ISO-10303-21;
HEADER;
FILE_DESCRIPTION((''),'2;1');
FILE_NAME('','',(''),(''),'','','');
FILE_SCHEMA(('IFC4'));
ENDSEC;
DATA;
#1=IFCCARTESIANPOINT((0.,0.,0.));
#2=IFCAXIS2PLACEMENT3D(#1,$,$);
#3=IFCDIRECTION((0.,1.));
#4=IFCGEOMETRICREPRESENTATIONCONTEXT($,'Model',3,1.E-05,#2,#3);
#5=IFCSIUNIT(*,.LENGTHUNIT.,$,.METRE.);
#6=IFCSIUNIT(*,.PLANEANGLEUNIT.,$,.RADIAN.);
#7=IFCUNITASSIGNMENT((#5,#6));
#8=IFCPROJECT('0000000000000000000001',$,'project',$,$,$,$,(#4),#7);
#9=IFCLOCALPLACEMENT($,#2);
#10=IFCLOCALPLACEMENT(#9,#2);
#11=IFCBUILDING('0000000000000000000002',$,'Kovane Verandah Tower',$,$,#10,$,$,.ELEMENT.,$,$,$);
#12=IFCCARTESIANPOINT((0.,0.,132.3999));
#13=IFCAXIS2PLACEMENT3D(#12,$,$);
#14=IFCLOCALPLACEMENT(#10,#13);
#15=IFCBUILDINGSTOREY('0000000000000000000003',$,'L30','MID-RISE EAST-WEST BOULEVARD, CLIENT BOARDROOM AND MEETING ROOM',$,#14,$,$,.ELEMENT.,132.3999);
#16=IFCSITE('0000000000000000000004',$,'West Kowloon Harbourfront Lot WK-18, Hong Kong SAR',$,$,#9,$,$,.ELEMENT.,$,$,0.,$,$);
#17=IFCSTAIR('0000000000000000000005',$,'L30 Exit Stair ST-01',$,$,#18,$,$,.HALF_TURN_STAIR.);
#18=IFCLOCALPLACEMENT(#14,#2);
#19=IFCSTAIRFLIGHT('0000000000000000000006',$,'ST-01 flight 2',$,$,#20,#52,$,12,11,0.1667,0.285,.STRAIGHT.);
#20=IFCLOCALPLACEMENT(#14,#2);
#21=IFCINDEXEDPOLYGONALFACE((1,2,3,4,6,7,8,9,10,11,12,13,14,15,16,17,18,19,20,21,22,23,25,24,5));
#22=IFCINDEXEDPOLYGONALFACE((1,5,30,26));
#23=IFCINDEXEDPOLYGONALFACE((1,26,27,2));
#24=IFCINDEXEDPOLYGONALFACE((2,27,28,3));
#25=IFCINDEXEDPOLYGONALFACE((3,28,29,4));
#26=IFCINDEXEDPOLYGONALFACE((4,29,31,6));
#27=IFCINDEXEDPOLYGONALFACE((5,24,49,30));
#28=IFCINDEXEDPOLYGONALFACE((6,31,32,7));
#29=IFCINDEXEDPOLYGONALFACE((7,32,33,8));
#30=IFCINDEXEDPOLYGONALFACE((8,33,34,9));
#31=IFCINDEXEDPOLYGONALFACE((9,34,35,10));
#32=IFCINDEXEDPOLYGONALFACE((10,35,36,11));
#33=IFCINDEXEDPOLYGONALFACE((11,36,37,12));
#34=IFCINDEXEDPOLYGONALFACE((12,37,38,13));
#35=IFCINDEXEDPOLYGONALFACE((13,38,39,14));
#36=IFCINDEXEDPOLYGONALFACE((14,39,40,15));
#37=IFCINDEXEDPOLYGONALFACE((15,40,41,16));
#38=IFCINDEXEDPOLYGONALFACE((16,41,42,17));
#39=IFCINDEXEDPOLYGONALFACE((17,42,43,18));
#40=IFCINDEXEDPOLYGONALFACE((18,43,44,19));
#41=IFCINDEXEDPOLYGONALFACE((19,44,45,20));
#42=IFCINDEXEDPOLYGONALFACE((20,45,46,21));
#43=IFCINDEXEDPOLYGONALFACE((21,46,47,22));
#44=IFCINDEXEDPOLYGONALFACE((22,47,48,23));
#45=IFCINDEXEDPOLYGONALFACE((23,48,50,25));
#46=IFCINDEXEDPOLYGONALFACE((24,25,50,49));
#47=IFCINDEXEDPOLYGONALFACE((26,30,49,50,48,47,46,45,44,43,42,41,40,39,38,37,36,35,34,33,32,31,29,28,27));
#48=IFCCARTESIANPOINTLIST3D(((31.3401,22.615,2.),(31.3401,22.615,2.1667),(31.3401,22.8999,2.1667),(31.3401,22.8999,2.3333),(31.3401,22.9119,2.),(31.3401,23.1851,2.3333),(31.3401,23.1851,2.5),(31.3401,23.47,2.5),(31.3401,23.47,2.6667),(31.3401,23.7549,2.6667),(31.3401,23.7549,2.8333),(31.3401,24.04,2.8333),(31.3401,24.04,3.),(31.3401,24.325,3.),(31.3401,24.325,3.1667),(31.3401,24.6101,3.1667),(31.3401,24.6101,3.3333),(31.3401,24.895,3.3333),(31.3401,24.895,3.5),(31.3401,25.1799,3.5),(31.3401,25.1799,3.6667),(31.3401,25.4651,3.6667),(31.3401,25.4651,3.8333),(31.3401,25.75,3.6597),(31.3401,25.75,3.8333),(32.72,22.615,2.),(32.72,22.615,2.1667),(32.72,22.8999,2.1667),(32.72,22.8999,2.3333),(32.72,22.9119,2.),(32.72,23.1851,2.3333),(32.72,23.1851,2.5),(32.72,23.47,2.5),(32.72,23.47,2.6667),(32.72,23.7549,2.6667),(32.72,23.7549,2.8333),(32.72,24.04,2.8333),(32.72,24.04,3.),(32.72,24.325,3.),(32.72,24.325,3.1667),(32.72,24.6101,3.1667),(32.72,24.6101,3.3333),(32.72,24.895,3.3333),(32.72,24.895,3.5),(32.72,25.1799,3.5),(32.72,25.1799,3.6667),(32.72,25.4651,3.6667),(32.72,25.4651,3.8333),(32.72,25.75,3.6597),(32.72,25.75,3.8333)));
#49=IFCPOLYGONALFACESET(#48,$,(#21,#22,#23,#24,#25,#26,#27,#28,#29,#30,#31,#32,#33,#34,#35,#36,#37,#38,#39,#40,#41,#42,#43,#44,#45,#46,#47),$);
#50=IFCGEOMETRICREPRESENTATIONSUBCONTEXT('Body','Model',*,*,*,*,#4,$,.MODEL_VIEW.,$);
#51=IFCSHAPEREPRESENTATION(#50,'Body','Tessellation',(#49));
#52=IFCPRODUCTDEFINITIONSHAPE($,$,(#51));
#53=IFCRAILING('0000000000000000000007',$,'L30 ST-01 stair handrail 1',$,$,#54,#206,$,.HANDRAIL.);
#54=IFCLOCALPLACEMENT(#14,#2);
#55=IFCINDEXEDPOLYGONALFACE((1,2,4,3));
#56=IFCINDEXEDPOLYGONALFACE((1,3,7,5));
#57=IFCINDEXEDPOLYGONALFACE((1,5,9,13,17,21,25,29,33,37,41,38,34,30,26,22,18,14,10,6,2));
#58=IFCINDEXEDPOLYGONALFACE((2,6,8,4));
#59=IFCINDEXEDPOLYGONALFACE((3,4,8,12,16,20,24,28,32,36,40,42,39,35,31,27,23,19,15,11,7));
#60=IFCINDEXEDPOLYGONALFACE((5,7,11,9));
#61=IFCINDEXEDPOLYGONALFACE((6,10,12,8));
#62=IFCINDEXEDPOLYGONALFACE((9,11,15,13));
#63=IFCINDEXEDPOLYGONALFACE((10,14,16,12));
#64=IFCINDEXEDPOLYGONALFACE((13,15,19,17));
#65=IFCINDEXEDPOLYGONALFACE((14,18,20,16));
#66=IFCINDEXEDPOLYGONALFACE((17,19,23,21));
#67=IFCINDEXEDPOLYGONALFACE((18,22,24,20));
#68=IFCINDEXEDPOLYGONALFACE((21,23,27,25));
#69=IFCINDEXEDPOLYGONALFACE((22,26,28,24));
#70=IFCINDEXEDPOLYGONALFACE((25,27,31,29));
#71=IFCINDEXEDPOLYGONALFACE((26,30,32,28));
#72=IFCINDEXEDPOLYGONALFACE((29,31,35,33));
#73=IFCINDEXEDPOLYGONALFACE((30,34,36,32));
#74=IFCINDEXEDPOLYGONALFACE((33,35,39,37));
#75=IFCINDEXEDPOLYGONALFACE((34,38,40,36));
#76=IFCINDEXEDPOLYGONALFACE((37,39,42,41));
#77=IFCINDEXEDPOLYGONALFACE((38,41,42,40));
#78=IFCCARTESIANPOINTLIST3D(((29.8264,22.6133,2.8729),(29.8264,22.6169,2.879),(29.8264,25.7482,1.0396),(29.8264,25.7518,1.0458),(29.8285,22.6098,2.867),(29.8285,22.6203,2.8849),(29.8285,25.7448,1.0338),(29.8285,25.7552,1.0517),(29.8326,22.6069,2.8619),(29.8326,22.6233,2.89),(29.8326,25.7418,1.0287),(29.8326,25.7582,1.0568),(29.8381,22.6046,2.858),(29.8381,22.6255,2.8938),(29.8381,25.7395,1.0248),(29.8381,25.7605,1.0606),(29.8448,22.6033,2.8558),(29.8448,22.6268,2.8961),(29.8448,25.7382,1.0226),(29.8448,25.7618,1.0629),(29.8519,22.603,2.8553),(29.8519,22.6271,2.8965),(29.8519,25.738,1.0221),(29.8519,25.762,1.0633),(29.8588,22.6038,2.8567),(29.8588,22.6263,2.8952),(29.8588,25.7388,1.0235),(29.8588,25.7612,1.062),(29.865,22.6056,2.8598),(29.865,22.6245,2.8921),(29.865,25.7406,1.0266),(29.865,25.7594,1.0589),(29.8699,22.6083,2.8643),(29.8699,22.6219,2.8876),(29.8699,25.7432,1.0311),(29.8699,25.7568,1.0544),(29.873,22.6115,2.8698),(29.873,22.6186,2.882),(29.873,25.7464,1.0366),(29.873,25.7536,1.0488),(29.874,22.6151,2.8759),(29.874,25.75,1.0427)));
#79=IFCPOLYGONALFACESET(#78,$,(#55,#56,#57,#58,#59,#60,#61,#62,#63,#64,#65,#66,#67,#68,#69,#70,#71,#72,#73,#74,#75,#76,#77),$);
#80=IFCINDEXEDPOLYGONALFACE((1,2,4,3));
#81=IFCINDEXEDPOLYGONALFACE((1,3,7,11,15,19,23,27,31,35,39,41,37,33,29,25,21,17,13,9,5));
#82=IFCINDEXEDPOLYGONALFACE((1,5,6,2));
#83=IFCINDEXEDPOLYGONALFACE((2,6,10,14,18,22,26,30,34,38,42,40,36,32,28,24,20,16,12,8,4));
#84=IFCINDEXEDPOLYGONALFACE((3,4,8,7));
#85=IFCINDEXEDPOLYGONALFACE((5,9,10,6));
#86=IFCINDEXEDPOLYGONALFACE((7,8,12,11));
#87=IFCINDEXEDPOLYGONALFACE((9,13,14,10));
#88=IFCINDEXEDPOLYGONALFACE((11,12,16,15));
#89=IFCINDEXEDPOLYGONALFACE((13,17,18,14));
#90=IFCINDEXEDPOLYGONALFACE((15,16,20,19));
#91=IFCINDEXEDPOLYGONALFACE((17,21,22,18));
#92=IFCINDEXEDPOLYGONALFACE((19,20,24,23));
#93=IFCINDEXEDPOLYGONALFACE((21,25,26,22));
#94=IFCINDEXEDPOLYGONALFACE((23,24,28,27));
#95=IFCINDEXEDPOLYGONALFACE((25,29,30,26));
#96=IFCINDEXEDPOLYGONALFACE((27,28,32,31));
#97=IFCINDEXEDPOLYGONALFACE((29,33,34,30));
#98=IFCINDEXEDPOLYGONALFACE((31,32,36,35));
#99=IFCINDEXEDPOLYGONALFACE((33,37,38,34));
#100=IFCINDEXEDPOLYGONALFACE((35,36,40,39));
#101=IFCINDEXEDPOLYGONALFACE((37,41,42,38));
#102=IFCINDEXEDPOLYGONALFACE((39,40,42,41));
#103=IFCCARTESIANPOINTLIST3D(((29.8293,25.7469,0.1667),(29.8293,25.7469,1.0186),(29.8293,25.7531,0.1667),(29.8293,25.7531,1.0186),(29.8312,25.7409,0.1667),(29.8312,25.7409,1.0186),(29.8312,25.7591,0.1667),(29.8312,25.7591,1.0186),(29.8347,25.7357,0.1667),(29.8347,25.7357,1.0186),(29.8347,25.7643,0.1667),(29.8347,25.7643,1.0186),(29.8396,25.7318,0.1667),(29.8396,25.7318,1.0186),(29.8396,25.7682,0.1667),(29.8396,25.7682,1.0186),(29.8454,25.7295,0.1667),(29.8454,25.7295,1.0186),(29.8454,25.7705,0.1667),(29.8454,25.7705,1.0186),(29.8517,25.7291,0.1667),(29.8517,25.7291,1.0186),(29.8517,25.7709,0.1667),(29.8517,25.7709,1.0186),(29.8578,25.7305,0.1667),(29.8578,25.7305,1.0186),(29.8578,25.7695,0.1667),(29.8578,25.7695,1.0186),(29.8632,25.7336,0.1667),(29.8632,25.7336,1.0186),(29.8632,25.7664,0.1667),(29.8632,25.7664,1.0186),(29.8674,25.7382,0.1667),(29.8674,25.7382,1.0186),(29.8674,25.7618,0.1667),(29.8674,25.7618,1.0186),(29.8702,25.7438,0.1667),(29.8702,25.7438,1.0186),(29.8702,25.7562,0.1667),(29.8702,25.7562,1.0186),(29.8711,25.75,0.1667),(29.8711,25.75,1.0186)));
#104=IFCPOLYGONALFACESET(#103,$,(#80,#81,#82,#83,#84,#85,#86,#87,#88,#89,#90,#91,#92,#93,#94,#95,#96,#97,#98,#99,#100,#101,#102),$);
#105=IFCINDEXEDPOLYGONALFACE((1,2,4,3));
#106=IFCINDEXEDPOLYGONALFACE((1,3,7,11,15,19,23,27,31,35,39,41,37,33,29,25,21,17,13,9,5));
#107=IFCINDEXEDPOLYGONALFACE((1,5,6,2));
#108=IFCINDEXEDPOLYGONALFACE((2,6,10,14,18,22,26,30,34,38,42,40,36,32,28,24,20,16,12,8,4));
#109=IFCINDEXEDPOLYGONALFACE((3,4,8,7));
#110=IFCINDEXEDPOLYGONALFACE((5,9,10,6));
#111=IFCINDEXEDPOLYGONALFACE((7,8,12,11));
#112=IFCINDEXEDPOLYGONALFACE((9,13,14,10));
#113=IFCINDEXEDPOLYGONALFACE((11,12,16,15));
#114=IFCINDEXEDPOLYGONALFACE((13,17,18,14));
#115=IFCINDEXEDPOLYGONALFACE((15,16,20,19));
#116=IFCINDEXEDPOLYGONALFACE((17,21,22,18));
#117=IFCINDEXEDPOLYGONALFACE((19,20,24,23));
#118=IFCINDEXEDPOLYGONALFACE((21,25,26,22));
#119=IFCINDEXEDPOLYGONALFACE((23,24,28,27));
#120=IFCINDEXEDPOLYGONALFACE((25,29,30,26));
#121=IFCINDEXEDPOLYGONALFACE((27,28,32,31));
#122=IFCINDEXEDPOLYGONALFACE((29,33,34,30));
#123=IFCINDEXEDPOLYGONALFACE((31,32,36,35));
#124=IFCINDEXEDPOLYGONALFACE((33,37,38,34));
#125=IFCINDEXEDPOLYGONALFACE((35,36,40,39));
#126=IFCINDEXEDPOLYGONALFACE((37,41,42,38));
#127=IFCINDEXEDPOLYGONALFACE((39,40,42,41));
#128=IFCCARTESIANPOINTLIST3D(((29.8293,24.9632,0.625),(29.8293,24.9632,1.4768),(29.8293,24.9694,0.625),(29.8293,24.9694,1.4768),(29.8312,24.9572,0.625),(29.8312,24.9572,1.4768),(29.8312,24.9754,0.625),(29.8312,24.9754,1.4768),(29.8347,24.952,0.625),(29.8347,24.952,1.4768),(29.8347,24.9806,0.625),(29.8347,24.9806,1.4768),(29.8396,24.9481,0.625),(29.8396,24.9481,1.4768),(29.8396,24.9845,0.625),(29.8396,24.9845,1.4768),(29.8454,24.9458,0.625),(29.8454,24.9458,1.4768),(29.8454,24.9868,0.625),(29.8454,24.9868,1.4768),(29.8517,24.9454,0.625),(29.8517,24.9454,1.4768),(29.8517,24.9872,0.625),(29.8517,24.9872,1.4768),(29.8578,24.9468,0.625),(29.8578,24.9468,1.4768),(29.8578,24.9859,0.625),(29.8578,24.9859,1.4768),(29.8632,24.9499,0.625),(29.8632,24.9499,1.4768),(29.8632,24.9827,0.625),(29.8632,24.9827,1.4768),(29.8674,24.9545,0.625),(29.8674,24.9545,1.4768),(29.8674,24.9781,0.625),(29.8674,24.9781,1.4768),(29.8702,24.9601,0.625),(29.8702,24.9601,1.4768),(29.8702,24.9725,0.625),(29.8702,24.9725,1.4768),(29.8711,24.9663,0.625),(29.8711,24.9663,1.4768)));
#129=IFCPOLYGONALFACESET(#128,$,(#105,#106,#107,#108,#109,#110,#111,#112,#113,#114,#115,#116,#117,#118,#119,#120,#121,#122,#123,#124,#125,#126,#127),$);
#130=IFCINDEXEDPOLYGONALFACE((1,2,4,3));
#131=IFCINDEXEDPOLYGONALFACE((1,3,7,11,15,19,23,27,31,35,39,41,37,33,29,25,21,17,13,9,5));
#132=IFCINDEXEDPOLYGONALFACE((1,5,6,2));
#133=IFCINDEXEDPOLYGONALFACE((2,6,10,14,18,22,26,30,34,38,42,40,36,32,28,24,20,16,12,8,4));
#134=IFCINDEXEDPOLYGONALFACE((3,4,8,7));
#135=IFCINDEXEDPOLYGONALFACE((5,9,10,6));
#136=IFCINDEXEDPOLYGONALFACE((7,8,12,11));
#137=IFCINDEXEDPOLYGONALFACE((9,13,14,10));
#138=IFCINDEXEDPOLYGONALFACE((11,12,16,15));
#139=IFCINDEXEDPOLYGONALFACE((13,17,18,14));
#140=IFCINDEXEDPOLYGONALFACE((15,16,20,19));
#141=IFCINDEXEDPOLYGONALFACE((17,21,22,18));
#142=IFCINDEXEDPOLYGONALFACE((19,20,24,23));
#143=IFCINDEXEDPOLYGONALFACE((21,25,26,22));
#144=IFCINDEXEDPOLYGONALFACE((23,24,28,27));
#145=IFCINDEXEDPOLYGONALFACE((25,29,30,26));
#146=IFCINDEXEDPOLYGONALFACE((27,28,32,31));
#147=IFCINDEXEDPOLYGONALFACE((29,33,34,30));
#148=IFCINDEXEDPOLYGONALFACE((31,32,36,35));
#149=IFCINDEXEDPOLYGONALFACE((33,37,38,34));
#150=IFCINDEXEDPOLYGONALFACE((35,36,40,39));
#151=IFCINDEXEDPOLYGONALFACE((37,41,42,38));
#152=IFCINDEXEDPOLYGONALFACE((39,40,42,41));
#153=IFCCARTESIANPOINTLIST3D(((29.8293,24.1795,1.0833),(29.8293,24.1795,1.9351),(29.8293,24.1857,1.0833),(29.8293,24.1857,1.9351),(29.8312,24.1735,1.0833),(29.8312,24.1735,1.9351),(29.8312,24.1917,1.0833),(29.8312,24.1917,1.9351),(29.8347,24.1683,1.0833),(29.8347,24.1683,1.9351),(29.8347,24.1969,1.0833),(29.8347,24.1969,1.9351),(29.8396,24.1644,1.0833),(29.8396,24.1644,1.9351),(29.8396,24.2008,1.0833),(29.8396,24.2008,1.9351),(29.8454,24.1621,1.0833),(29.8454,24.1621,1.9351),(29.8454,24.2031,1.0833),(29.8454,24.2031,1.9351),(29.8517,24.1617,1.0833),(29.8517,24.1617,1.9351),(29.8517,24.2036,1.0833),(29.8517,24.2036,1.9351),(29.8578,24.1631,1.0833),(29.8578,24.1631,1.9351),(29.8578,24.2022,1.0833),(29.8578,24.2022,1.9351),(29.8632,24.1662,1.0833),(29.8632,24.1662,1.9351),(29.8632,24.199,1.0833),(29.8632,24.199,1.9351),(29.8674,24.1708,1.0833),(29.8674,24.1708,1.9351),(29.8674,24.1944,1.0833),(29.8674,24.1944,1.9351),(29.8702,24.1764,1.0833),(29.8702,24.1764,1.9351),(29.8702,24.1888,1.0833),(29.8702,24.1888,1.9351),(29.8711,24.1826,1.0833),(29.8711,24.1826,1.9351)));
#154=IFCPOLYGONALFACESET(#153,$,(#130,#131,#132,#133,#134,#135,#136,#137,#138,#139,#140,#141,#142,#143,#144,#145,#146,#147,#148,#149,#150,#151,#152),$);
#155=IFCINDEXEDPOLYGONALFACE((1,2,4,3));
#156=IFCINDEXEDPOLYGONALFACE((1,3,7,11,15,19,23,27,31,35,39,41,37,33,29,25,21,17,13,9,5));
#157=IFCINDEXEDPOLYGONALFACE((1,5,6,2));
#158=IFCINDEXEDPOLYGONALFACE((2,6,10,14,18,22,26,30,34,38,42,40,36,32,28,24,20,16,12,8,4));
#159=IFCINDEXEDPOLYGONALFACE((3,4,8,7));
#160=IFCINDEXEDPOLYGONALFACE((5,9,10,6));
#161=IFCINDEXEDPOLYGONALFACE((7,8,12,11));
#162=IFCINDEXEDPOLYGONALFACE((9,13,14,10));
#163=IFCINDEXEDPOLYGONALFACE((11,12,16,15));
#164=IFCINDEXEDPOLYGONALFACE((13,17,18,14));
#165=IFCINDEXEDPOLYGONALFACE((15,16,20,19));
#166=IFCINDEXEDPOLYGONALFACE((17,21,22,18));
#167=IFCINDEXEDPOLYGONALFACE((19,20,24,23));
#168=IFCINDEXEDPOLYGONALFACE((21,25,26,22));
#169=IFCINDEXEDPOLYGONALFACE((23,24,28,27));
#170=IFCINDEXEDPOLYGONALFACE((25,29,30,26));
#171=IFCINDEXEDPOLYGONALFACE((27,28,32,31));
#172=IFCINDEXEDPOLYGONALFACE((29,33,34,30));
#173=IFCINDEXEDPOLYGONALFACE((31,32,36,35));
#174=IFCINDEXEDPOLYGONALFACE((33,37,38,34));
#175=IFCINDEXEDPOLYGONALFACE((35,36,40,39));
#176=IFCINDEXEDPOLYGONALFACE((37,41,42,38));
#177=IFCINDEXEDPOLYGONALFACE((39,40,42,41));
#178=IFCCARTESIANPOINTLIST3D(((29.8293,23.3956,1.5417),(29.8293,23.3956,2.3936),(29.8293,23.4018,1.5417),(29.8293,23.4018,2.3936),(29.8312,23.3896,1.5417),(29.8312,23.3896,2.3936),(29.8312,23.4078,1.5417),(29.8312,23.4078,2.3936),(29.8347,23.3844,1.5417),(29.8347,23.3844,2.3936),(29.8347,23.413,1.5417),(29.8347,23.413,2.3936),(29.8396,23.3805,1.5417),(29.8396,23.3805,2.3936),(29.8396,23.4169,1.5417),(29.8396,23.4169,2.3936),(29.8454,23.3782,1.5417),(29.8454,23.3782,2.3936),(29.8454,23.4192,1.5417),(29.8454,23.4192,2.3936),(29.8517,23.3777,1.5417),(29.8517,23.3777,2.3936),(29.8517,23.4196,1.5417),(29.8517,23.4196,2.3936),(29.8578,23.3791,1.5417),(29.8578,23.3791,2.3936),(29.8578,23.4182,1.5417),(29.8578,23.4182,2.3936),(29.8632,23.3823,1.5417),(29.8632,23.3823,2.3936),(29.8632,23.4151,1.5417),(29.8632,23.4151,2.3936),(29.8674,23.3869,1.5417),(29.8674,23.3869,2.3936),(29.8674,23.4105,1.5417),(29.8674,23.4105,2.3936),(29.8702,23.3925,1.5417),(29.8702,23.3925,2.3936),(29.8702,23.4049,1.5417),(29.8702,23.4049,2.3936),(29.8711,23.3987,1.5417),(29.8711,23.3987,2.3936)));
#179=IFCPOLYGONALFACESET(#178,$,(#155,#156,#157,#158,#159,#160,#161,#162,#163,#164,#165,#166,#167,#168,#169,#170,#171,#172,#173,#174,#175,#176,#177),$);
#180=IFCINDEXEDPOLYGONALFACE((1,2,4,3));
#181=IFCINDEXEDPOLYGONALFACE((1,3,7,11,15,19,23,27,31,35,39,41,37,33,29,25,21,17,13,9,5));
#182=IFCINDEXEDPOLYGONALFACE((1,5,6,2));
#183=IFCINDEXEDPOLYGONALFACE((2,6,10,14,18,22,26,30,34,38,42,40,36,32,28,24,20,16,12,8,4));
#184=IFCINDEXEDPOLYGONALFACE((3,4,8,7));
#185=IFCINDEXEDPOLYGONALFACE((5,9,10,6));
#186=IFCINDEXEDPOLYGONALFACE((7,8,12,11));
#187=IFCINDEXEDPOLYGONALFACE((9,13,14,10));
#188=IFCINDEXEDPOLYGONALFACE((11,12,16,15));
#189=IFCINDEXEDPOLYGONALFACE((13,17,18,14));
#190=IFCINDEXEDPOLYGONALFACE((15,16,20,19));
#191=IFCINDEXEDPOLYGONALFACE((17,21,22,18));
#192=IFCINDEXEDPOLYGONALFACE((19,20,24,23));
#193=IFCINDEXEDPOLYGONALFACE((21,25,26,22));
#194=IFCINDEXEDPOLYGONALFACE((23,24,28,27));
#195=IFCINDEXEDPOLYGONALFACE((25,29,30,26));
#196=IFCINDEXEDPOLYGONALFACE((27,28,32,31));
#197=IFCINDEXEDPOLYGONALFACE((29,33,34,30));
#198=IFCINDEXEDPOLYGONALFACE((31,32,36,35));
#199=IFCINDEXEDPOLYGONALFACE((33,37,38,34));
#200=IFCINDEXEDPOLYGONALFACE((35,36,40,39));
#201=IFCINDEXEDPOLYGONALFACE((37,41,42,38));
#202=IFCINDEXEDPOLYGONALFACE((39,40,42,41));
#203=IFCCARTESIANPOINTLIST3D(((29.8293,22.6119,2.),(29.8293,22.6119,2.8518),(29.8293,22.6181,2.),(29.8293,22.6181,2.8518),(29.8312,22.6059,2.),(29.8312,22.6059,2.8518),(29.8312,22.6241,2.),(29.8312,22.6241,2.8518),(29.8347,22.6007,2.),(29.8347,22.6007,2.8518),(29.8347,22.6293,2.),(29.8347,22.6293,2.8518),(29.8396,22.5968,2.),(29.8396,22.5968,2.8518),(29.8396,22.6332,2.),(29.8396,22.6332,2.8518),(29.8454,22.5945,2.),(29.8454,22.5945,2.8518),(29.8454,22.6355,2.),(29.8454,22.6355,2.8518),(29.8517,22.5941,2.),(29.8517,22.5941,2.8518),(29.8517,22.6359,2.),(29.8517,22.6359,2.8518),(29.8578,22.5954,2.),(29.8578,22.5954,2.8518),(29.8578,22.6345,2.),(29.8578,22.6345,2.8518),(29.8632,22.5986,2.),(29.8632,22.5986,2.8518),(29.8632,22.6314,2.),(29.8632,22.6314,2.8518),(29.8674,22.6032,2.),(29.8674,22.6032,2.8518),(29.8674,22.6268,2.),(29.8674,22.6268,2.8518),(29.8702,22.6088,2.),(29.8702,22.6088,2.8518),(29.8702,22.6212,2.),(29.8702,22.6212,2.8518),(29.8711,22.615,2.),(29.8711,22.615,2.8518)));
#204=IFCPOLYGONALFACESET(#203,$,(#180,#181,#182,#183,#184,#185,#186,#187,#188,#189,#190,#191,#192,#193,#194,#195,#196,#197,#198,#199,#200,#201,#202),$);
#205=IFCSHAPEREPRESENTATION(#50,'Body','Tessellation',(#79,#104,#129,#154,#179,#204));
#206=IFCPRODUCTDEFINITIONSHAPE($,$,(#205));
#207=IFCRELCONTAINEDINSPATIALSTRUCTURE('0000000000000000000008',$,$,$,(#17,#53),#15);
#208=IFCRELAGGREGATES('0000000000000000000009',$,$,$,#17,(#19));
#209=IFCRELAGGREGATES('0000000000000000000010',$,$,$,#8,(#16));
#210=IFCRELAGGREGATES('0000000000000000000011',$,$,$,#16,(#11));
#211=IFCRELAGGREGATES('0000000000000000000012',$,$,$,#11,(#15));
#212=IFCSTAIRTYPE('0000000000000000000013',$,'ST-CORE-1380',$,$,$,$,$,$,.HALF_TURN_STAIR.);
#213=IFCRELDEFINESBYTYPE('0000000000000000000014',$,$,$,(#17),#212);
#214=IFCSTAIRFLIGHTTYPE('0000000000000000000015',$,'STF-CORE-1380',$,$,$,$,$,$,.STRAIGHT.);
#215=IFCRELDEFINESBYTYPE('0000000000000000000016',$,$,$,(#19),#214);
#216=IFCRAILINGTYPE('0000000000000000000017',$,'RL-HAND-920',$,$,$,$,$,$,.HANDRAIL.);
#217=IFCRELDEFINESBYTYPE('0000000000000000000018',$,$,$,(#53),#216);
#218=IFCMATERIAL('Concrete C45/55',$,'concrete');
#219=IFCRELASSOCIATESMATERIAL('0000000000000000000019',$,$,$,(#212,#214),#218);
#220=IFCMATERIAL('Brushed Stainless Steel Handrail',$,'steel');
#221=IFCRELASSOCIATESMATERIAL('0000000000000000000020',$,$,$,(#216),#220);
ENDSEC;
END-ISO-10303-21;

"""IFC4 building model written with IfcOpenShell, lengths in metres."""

from ifc_helpers import new_model, si_unit, direction, frame, origin, origin_2d, place, context, subcontext, project, spatial, polyline, circle, outline, extrude, material, type_object, element, aggregate, save


model = new_model("IFC4")

# Units and contexts
model_context = context("Model", 3, precision=1e-05, world=origin(), true_north=direction((0.0, 1.0)))
body_context = subcontext(model_context, "Body", "Model", "MODEL_VIEW")
ifc_project = project(units=[si_unit("LENGTHUNIT", "METRE"), si_unit("PLANEANGLEUNIT", "RADIAN")], contexts=[model_context])

# Site, building, storey
site_placement = place(None, origin())
site = spatial("IfcSite", under=ifc_project, at=site_placement, Name="West Kowloon Harbourfront Lot WK-18, Hong Kong SAR", CompositionType="ELEMENT", RefElevation=0.0)
building_placement = place(site_placement, origin())
building = spatial("IfcBuilding", under=site, at=building_placement, Name="Kovane Verandah Tower", CompositionType="ELEMENT")
storey_placement = place(building_placement, frame((0.0, 0.0, 132.3999)))
storey = spatial("IfcBuildingStorey", under=building, at=storey_placement, Name="L30", Description="MID-RISE EAST-WEST BOULEVARD, CLIENT BOARDROOM AND MEETING ROOM", CompositionType="ELEMENT", Elevation=132.3999)

# Shared definitions
ifc_material_1 = material(Name="Concrete C45/55", Category="concrete")

# Stair, stair flight
stair_type = type_object("IfcStairType", Name="ST-CORE-1380", PredefinedType="HALF_TURN_STAIR", material=ifc_material_1)
stair_placement = place(storey_placement, origin())
stair = element("IfcStair", 1, at=stair_placement, inside=storey, type_object=stair_type, Name="L30 Exit Stair ST-01", PredefinedType="HALF_TURN_STAIR")
stair_flight_type = type_object("IfcStairFlightType", Name="STF-CORE-1380", PredefinedType="STRAIGHT", material=ifc_material_1)
stair_flight_1_placement = place(storey_placement, frame((32.03, 22.615, 2.0), z_axis=(0.0, 0.0, 1.0), x_axis=(0.0, 1.0, 0.0)))
stair_flight_1 = element("IfcStairFlight", 2, at=stair_flight_1_placement, type_object=stair_flight_type, Name="ST-01 flight 2", NumberOfRisers=12, NumberOfTreads=11, PredefinedType="STRAIGHT", RiserHeight=0.1667, TreadLength=0.285, context=body_context, shape_type="SweptSolid", body=[
    extrude(outline(polyline([(0.0, 0.0), (0.0, 0.1667), (0.2849, 0.1667), (0.2849, 0.3333), (0.5701, 0.3333), (0.5701, 0.5), (0.855, 0.5), (0.855, 0.6667), (1.1399, 0.6667), (1.1399, 0.8333), (1.425, 0.8333), (1.425, 1.0), (1.71, 1.0), (1.71, 1.1667), (1.9951, 1.1667), (1.9951, 1.3333), (2.28, 1.3333), (2.28, 1.5), (2.5649, 1.5), (2.5649, 1.6667), (2.8501, 1.6667), (2.8501, 1.8333), (3.135, 1.8333), (3.135, 2.0), (3.135, 1.6597), (0.2969, 0.0), (0.0, 0.0)])), frame((0.0, 0.6899, 0.0), z_axis=(0.0, -1.0, 0.0), x_axis=(1.0, 0.0, 0.0)), (0.0, 0.0, 1.0), 1.3799),
])
aggregate(stair, [stair_flight_1])

# Railing
ifc_material_2 = material(Name="Brushed Stainless Steel Handrail", Category="steel")
railing_type_1 = type_object("IfcRailingType", Name="RL-HAND-920", PredefinedType="HANDRAIL", material=ifc_material_2)
railing_1_placement = place(storey_placement, frame((29.8501, 25.75, 0.1667)))
element("IfcRailing", 3, at=railing_1_placement, inside=storey, type_object=railing_type_1, Name="L30 ST-01 stair handrail 1", PredefinedType="HANDRAIL", context=body_context, shape_type="SweptSolid", body=[
    extrude(circle(Radius=0.0239, at=origin_2d()), frame((0.0, 0.0, 0.876), z_axis=(0.0, -0.86324, 0.504794), x_axis=(1.0, 0.0, 0.0)), (0.0, 0.0, 1.0), 3.6316),
    extrude(circle(Radius=0.021, at=origin_2d()), origin(), (0.0, 0.0, 1.0), 0.8518),
    extrude(circle(Radius=0.021, at=origin_2d()), frame((0.0, -0.7837, 0.4583)), (0.0, 0.0, 1.0), 0.8518),
    extrude(circle(Radius=0.021, at=origin_2d()), frame((0.0, -1.5674, 0.9165)), (0.0, 0.0, 1.0), 0.8518),
    extrude(circle(Radius=0.021, at=origin_2d()), frame((0.0, -2.3513, 1.375)), (0.0, 0.0, 1.0), 0.8518),
    extrude(circle(Radius=0.021, at=origin_2d()), frame((0.0, -3.135, 1.8333)), (0.0, 0.0, 1.0), 0.8518),
])

save(model, "model.ifc")
